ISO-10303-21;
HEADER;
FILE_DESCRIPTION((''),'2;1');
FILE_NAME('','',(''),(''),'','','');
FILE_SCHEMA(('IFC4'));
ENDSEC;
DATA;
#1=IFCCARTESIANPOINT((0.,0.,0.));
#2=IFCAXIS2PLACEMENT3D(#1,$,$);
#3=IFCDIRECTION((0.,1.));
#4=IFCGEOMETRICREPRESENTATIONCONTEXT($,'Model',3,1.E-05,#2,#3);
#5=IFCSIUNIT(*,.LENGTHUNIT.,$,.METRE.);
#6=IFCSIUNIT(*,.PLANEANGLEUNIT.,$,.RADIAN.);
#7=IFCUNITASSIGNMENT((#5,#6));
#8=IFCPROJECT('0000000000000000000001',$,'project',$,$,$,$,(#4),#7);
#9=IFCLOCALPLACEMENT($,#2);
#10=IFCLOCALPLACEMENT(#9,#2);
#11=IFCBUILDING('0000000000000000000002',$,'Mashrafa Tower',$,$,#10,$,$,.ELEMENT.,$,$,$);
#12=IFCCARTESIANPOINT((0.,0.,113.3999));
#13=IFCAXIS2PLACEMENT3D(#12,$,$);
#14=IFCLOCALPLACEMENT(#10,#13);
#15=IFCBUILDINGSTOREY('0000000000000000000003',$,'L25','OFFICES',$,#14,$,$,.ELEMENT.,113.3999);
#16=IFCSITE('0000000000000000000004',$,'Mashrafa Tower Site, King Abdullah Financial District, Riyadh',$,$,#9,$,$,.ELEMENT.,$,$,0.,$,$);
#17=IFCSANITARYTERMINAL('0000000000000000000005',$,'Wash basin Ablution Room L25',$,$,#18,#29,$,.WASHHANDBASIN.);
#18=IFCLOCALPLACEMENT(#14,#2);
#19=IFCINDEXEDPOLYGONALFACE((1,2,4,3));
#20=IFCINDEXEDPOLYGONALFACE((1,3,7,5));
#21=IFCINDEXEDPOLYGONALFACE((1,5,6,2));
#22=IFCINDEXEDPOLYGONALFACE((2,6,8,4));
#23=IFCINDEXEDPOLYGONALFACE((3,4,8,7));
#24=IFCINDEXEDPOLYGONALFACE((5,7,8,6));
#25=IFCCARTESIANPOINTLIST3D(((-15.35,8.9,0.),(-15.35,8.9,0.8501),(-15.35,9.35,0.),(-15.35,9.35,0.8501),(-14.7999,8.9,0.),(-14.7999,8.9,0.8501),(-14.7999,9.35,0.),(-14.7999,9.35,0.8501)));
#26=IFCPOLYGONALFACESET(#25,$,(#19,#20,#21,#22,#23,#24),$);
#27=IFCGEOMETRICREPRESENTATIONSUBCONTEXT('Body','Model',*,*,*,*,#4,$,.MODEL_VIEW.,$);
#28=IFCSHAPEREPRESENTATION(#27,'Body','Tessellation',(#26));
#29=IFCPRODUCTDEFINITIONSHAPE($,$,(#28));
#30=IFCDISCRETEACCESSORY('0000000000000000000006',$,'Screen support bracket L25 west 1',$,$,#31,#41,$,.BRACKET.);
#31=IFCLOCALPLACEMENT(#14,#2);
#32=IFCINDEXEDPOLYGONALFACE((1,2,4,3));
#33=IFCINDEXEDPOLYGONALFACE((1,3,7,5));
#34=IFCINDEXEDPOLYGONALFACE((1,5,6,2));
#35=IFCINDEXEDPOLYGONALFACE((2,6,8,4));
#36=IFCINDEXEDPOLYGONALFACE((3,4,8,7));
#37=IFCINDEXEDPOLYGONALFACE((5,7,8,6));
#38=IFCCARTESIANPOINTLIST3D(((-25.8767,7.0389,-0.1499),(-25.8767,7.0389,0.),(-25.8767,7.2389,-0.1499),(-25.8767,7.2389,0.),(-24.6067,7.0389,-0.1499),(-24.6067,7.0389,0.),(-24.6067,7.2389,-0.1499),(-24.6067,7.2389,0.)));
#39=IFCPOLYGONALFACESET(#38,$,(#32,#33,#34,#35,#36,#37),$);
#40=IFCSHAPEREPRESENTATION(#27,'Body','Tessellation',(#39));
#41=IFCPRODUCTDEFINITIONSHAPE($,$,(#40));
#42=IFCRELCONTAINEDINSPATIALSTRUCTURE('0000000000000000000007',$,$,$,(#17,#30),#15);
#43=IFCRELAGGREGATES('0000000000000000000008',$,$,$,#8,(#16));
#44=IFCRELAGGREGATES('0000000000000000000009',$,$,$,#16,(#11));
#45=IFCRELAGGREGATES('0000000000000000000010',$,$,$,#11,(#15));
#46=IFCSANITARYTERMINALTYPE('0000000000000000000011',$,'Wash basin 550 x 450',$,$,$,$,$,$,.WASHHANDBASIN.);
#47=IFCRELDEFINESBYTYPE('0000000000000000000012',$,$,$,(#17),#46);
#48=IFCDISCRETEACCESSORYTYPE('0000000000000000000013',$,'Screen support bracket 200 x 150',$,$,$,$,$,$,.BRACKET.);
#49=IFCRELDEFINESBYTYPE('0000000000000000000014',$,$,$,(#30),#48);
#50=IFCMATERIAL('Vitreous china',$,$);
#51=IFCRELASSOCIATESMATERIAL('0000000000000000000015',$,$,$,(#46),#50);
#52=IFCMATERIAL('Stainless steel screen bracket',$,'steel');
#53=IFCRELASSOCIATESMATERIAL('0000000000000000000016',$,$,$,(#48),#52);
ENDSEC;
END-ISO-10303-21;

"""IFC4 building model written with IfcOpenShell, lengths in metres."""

from ifc_helpers import new_model, si_unit, direction, frame, origin, origin_2d, place, context, subcontext, project, spatial, rectangle, extrude, source, transform, mapped, material, type_object, type_shapes, element, save


model = new_model("IFC4")

# Units and contexts
model_context = context("Model", 3, precision=1e-05, world=origin(), true_north=direction((0.0, 1.0)))
body_context = subcontext(model_context, "Body", "Model", "MODEL_VIEW")
ifc_project = project(units=[si_unit("LENGTHUNIT", "METRE"), si_unit("PLANEANGLEUNIT", "RADIAN")], contexts=[model_context])

# Site, building, storey
site_placement = place(None, origin())
site = spatial("IfcSite", under=ifc_project, at=site_placement, Name="Mashrafa Tower Site, King Abdullah Financial District, Riyadh", CompositionType="ELEMENT", RefElevation=0.0)
building_placement = place(site_placement, origin())
building = spatial("IfcBuilding", under=site, at=building_placement, Name="Mashrafa Tower", CompositionType="ELEMENT")
storey_placement = place(building_placement, frame((0.0, 0.0, 113.3999)))
storey = spatial("IfcBuildingStorey", under=building, at=storey_placement, Name="L25", Description="OFFICES", CompositionType="ELEMENT", Elevation=113.3999)

# Sanitary terminal
ifc_material_1 = material(Name="Vitreous china")
sanitary_terminal_type_1 = type_object("IfcSanitaryTerminalType", Name="Wash basin 550 x 450", PredefinedType="WASHHANDBASIN", material=ifc_material_1)
sanitary_terminal_placement = place(storey_placement, frame((-15.075, 9.125, 0.0), z_axis=(0.0, 0.0, 1.0), x_axis=(1.0, 0.0, 0.0)))
element("IfcSanitaryTerminal", 1, at=sanitary_terminal_placement, inside=storey, type_object=sanitary_terminal_type_1, Name="Wash basin Ablution Room L25", PredefinedType="WASHHANDBASIN", context=body_context, shape_type="SweptSolid", body=[
    extrude(rectangle(XDim=0.55, YDim=0.45, at=origin_2d()), origin(), (0.0, 0.0, 1.0), 0.8501),
])

# Discrete accessory
ifc_material_2 = material(Name="Stainless steel screen bracket", Category="steel")
discrete_accessory_type = type_object("IfcDiscreteAccessoryType", Name="Screen support bracket 200 x 150", PredefinedType="BRACKET", material=ifc_material_2)
shared_shape_1 = source(origin(), body_context, "Body", "SweptSolid", [
    extrude(rectangle(XDim=0.2, YDim=1.27, at=origin_2d()), origin(), (0.0, 0.0, 1.0), 0.1499),
])
type_shapes(discrete_accessory_type, [shared_shape_1])
discrete_accessory_placement = place(storey_placement, frame((-25.2417, 7.1389, -0.1499), z_axis=(0.0, 0.0, 1.0), x_axis=(0.0, -1.0, 0.0)))
element("IfcDiscreteAccessory", 2, at=discrete_accessory_placement, inside=storey, type_object=discrete_accessory_type, Name="Screen support bracket L25 west 1", PredefinedType="BRACKET", context=body_context, shape_type="MappedRepresentation", body=[
    mapped(shared_shape_1, transform((0.0, 0.0, 0.0))),
])

save(model, "model.ifc")
